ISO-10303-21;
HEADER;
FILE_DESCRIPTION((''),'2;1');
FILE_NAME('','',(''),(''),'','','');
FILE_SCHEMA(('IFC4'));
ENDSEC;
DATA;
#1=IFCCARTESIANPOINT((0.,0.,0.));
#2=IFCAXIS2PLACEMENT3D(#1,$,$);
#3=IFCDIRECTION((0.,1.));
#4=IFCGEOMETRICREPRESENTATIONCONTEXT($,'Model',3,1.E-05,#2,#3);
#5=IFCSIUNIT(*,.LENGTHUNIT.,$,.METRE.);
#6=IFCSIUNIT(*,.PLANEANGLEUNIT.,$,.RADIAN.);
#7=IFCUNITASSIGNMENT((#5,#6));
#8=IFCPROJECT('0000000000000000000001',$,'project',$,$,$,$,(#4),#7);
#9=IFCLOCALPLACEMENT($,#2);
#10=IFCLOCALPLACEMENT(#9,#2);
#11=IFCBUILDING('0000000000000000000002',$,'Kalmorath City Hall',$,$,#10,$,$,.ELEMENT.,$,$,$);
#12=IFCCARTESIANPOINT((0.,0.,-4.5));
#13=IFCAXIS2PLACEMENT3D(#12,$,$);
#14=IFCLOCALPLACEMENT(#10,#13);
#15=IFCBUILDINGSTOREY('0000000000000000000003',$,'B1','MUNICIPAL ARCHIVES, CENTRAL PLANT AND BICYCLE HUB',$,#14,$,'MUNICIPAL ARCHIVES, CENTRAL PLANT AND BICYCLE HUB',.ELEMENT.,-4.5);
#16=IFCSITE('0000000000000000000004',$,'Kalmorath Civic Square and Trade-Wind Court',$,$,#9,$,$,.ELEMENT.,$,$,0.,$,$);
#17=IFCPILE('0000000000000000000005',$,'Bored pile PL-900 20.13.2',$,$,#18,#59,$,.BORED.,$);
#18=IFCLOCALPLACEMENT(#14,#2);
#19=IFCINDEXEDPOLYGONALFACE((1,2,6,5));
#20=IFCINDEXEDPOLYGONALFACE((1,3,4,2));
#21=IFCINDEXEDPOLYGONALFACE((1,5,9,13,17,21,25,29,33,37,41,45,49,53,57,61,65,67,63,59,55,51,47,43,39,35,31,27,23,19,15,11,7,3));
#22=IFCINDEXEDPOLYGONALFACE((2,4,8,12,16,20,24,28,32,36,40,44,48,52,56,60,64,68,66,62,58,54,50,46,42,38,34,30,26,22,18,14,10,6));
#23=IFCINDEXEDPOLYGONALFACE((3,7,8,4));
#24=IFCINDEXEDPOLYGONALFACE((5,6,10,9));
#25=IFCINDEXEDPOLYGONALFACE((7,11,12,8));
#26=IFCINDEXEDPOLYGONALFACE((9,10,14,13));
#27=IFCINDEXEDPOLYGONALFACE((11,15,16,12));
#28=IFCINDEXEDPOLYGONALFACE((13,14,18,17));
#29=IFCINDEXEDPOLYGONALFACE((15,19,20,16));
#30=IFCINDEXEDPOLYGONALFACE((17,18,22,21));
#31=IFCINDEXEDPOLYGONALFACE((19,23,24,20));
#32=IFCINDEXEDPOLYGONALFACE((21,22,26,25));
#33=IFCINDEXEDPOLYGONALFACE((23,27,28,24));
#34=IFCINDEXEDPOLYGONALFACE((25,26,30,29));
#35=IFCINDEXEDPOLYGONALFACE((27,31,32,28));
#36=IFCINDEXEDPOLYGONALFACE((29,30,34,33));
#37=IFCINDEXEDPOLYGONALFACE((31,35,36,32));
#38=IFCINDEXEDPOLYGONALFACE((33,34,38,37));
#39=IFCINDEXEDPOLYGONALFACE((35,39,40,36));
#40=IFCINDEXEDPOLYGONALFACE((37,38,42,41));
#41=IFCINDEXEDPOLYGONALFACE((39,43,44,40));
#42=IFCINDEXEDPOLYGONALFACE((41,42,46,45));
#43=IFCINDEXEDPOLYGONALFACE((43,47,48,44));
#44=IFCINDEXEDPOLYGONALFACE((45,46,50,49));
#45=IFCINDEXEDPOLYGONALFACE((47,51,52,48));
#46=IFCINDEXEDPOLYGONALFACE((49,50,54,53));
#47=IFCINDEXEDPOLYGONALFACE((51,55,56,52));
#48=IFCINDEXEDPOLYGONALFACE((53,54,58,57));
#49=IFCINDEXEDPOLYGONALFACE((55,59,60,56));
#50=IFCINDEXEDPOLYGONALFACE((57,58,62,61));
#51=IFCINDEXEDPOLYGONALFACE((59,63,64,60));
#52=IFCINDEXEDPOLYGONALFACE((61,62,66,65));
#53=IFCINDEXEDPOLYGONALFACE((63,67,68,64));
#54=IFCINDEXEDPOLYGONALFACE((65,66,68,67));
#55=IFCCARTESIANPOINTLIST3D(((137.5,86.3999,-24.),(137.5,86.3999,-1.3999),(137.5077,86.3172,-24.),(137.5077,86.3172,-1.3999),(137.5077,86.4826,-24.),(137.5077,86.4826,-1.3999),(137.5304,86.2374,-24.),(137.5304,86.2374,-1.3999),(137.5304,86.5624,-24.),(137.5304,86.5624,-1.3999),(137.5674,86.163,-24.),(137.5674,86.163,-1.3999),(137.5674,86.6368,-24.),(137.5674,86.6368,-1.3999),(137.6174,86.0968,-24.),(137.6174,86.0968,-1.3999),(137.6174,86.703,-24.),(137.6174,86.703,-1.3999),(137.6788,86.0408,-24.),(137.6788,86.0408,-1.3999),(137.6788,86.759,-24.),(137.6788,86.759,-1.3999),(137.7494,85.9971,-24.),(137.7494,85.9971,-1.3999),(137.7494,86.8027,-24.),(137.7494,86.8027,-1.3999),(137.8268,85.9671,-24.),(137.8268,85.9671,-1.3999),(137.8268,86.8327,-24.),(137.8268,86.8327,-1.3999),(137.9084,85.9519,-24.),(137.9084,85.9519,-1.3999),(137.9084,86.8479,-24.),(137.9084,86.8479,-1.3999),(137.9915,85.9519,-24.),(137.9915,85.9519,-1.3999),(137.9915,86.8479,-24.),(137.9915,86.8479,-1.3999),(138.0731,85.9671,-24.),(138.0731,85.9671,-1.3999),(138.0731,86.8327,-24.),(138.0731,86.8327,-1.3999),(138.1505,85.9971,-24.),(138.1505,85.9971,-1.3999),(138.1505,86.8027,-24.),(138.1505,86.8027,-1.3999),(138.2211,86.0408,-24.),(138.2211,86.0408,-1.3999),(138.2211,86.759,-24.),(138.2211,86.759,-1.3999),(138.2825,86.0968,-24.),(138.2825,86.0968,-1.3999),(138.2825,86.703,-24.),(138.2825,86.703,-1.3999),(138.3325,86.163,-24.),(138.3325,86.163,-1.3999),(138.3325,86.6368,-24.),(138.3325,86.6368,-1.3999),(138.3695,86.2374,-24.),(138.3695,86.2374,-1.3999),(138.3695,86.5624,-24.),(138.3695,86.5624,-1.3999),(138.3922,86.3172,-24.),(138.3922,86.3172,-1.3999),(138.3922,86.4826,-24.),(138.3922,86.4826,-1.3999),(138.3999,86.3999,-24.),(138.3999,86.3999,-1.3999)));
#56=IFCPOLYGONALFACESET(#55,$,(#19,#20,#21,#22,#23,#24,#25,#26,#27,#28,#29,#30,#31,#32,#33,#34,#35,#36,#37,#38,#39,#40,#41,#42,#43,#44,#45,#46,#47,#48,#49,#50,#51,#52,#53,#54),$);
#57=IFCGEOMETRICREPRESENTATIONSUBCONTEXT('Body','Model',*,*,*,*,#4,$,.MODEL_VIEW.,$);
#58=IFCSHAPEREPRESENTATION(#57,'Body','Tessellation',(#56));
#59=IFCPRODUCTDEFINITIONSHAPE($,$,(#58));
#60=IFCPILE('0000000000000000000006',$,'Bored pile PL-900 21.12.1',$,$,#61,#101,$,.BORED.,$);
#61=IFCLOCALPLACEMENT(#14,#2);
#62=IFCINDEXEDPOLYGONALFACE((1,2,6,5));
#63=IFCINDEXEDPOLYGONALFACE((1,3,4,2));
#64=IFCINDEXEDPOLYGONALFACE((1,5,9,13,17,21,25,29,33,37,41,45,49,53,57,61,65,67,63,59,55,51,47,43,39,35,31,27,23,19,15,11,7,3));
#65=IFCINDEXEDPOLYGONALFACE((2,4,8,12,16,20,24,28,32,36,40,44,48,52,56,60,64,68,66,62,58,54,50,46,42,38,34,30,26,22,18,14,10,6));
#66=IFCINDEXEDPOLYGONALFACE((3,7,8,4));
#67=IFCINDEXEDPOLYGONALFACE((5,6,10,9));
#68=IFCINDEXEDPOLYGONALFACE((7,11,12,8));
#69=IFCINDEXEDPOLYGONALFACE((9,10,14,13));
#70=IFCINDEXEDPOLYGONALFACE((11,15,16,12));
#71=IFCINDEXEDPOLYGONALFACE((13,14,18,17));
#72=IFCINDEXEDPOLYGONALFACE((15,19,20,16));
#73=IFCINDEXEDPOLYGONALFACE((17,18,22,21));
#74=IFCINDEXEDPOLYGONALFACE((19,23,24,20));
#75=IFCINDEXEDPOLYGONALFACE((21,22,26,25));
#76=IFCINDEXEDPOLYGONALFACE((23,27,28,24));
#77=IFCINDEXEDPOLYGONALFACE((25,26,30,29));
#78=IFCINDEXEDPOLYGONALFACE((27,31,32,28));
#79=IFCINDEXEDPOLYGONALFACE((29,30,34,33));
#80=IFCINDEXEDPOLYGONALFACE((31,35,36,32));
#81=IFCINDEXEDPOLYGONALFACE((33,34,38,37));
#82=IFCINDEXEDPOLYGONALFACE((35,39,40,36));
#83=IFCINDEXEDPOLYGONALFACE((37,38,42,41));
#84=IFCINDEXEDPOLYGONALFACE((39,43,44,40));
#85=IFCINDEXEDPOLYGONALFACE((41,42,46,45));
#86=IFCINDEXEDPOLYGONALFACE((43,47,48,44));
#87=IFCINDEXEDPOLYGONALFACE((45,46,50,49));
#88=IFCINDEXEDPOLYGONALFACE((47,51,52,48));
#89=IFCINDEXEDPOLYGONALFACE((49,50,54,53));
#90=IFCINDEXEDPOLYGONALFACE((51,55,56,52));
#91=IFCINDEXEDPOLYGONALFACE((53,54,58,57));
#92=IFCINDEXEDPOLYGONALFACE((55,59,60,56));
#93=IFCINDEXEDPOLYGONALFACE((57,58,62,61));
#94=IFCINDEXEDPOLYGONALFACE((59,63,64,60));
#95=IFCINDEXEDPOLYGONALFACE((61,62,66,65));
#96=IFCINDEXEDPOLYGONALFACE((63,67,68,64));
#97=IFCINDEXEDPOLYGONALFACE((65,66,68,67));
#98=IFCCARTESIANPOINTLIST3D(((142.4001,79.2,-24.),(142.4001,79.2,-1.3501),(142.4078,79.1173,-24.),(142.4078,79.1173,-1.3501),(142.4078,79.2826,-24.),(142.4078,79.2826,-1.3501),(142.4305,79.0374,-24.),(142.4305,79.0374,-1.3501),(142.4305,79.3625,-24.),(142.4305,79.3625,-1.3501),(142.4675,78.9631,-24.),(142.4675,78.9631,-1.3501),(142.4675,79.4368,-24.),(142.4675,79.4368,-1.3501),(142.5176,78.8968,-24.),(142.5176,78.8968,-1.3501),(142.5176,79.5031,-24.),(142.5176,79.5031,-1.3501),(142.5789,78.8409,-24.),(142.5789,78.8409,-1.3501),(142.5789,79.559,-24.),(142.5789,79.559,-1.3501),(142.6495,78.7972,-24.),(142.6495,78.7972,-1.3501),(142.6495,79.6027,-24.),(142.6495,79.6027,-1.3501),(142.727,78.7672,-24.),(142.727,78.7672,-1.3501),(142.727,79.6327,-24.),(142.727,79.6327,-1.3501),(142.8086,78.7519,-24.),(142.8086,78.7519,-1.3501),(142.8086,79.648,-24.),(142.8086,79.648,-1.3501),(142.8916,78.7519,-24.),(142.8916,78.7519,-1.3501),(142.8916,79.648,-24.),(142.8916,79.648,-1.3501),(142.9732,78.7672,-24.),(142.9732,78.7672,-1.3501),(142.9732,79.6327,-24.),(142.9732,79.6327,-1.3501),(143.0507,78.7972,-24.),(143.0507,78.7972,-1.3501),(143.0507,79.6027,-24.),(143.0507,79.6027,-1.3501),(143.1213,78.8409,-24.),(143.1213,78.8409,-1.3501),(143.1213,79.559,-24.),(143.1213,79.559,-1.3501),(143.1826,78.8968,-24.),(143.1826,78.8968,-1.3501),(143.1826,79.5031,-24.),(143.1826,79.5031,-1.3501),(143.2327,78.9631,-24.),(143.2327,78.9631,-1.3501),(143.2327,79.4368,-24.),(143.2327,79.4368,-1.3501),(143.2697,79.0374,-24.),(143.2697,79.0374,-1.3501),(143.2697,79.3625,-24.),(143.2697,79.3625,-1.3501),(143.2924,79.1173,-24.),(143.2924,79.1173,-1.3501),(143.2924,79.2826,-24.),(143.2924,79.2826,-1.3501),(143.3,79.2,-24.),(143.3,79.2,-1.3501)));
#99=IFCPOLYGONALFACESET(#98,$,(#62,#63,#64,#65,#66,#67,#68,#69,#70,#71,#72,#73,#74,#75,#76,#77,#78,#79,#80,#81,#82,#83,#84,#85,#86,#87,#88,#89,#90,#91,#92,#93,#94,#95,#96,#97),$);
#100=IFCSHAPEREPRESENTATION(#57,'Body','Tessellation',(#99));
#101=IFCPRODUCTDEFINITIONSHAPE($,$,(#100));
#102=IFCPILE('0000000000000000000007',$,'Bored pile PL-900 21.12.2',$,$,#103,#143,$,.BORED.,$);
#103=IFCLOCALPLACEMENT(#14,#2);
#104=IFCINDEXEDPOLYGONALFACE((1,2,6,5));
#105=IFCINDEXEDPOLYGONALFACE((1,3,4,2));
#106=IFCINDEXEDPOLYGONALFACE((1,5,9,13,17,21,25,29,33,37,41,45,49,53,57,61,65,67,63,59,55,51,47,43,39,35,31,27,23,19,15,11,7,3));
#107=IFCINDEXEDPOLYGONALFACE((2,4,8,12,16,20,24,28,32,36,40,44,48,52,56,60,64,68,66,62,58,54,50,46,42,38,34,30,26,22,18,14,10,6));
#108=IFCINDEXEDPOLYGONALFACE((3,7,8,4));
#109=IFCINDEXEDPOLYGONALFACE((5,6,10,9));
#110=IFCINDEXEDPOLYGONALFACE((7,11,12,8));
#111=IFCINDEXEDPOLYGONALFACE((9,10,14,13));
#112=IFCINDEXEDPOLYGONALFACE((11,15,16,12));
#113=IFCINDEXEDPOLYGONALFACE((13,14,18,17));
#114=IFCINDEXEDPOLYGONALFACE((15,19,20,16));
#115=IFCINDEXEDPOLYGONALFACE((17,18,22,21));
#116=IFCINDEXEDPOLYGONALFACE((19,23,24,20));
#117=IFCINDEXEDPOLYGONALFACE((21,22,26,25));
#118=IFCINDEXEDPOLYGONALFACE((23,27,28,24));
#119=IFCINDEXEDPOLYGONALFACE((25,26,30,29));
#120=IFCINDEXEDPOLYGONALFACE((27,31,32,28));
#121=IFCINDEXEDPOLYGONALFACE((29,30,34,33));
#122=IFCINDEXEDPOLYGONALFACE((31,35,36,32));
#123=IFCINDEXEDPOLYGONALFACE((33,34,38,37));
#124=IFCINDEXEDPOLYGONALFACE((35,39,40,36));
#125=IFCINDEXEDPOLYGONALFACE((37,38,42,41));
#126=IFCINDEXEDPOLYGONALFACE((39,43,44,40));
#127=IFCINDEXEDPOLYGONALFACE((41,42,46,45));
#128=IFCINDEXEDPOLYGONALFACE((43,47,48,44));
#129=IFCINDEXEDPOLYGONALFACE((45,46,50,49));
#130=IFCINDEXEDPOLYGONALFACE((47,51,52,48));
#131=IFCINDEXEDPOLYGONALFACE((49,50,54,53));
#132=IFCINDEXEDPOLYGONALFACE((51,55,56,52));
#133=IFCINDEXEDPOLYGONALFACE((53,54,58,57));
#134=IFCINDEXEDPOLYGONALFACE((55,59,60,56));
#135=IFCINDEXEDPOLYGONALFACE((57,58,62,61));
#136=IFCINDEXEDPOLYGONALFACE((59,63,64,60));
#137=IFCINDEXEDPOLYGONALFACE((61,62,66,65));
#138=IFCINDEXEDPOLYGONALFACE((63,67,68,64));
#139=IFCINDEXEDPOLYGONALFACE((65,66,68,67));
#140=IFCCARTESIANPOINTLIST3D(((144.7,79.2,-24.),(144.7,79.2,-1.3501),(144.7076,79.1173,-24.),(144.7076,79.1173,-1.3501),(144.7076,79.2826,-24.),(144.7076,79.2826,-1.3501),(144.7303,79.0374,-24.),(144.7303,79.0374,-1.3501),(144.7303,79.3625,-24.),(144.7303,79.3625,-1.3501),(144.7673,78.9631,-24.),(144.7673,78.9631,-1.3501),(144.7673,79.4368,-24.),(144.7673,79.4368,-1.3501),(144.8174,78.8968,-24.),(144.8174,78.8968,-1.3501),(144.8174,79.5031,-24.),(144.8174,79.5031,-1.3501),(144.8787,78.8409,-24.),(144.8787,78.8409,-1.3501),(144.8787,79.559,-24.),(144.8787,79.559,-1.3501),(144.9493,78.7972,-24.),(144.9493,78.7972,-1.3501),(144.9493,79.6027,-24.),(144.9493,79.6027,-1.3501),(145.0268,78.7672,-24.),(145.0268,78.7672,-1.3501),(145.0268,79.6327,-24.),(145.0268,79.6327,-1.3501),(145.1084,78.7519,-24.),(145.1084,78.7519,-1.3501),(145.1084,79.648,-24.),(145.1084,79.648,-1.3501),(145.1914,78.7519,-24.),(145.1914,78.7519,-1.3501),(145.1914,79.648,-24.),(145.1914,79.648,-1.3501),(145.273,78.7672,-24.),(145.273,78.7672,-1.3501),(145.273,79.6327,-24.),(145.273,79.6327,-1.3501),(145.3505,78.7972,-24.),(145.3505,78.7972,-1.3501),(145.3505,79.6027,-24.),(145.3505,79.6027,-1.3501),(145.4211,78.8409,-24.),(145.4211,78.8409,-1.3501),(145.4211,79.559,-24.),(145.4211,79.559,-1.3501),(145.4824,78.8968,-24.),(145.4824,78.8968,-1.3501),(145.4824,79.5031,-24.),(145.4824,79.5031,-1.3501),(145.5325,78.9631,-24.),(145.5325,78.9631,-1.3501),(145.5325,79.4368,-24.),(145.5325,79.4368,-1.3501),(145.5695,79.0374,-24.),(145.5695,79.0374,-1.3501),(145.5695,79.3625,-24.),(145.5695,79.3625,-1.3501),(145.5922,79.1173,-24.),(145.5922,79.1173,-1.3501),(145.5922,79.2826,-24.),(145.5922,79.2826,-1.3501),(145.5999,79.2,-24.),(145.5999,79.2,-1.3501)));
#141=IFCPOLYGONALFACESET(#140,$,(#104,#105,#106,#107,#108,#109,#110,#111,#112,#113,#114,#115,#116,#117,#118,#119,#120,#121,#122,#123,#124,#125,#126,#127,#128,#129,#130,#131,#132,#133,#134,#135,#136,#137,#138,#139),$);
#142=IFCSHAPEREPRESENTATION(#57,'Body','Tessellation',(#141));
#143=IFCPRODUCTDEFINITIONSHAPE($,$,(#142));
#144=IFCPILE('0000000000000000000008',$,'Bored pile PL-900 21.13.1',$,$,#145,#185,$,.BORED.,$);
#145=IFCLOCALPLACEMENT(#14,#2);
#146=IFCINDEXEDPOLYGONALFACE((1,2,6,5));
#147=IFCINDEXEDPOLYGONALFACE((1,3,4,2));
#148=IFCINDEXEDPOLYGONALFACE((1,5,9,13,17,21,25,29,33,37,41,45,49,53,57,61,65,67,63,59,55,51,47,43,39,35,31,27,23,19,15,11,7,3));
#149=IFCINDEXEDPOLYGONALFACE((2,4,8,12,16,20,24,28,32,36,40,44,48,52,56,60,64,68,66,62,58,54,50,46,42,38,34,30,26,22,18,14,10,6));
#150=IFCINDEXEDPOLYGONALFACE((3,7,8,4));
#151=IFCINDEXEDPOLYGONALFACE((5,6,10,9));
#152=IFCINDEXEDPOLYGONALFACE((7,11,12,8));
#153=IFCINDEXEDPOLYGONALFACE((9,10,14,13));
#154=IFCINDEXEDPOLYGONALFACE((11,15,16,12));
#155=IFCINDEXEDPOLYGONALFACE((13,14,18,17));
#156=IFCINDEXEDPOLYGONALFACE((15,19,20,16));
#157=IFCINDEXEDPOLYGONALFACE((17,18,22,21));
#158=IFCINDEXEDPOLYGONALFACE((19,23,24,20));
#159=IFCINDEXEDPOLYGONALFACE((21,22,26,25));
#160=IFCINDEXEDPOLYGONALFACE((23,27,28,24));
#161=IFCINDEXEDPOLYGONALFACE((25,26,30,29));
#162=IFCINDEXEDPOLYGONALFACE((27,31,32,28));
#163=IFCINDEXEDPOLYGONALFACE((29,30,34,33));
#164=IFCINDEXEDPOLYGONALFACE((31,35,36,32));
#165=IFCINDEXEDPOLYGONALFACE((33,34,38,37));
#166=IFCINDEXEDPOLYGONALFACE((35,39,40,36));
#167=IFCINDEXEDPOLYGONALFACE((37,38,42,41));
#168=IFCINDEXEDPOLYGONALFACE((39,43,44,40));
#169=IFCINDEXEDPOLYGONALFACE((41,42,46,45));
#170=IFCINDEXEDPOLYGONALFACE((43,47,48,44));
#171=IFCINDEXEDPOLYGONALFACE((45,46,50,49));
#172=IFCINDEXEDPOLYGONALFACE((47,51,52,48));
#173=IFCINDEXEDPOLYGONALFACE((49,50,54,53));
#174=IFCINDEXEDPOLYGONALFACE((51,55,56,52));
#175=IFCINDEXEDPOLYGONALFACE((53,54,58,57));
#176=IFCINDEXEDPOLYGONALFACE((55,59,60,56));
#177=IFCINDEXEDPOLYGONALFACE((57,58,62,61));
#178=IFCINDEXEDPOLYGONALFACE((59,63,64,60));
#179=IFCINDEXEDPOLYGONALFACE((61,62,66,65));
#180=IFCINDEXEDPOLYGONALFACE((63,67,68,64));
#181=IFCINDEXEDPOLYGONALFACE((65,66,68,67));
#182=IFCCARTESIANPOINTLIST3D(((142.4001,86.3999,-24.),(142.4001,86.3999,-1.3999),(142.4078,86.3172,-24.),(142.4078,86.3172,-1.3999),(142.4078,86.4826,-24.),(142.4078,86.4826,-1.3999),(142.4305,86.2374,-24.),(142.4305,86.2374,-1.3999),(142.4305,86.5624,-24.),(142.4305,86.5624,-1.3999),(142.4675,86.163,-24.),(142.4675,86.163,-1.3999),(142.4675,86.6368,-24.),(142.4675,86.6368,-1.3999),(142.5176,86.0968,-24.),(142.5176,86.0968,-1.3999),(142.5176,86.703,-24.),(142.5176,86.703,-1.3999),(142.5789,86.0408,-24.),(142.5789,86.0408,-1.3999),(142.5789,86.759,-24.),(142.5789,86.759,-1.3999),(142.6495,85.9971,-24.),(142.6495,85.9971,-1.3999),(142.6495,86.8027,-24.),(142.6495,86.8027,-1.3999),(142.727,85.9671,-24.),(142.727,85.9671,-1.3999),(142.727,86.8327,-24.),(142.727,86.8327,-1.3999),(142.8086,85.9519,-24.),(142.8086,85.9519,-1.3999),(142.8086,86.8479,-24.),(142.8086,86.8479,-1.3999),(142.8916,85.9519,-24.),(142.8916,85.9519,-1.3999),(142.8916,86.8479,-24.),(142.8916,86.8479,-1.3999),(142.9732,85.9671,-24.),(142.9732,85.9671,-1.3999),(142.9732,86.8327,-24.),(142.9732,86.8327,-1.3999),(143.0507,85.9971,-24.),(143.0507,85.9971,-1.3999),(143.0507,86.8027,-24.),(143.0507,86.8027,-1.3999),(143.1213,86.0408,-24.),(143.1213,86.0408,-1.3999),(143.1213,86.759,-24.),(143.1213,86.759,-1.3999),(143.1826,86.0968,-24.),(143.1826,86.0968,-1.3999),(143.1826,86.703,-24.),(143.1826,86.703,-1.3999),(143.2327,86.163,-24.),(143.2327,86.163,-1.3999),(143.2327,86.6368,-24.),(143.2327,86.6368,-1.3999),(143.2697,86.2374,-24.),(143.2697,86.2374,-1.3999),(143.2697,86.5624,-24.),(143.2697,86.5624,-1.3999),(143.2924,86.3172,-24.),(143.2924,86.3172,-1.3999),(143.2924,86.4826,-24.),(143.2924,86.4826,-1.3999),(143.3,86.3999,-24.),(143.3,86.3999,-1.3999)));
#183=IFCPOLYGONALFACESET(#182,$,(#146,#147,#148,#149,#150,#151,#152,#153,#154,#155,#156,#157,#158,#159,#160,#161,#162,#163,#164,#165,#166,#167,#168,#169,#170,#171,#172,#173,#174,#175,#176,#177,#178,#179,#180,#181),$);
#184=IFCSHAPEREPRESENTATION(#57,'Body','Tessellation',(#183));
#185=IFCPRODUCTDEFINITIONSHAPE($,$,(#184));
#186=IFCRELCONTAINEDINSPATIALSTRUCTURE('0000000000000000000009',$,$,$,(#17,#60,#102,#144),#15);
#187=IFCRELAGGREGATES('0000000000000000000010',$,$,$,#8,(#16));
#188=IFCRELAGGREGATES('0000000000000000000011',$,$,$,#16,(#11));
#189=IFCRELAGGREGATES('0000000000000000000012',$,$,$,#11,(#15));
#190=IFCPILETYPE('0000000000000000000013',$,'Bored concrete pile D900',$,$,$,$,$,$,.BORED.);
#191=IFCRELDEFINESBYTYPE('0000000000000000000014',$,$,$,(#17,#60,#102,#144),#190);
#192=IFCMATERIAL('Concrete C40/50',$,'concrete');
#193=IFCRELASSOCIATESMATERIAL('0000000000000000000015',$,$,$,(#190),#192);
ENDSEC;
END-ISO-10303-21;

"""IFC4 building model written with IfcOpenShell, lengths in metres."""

from ifc_helpers import new_model, si_unit, direction, frame, origin, origin_2d, place, context, subcontext, project, spatial, circle, extrude, material, material_profile, profile_set, type_object, element, save


model = new_model("IFC4")

# Units and contexts
model_context = context("Model", 3, precision=1e-05, world=origin(), true_north=direction((0.0, 1.0)))
body_context = subcontext(model_context, "Body", "Model", "MODEL_VIEW")
ifc_project = project(units=[si_unit("LENGTHUNIT", "METRE"), si_unit("PLANEANGLEUNIT", "RADIAN")], contexts=[model_context])

# Site, building, storey
site_placement = place(None, origin())
site = spatial("IfcSite", under=ifc_project, at=site_placement, Name="Kalmorath Civic Square and Trade-Wind Court", CompositionType="ELEMENT", RefElevation=0.0)
building_placement = place(site_placement, origin())
building = spatial("IfcBuilding", under=site, at=building_placement, Name="Kalmorath City Hall", CompositionType="ELEMENT")
storey_placement = place(building_placement, frame((0.0, 0.0, -4.5)))
storey = spatial("IfcBuildingStorey", under=building, at=storey_placement, Name="B1", Description="MUNICIPAL ARCHIVES, CENTRAL PLANT AND BICYCLE HUB", LongName="MUNICIPAL ARCHIVES, CENTRAL PLANT AND BICYCLE HUB", CompositionType="ELEMENT", Elevation=-4.5)

# Piles
ifc_material_1 = material(Name="Concrete C40/50", Category="concrete")
ifc_material_profile_1 = material_profile(ifc_material_1, circle(Radius=0.45, at=origin_2d()), Name="PILE-D900")
ifc_profile_set_1 = profile_set([ifc_material_profile_1], Name="Concrete C40/50")
pile_type_1 = type_object("IfcPileType", Name="Bored concrete pile D900", PredefinedType="BORED", material=ifc_profile_set_1)
for number, where, z_axis, x_axis, name in (
    (1, (137.95, 86.3999, -1.3999), (0.0, 0.0, -1.0), (1.0, 0.0, 0.0), "Bored pile PL-900 20.13.2"),
):
    element("IfcPile", number, at=place(storey_placement, frame(where, z_axis=z_axis, x_axis=x_axis)), inside=storey, type_object=pile_type_1, Name=name, PredefinedType="BORED", context=body_context, shape_type="SweptSolid", body=[
        extrude(circle(Radius=0.45, at=origin_2d()), origin(), (0.0, 0.0, 1.0), 22.6001),
    ])
for number, where, z_axis, x_axis, name in (
    (2, (142.8501, 79.2, -1.3501), (0.0, 0.0, -1.0), (1.0, 0.0, 0.0), "Bored pile PL-900 21.12.1"),
    (3, (145.1499, 79.2, -1.3501), (0.0, 0.0, -1.0), (1.0, 0.0, 0.0), "Bored pile PL-900 21.12.2"),
):
    element("IfcPile", number, at=place(storey_placement, frame(where, z_axis=z_axis, x_axis=x_axis)), inside=storey, type_object=pile_type_1, Name=name, PredefinedType="BORED", context=body_context, shape_type="SweptSolid", body=[
        extrude(circle(Radius=0.45, at=origin_2d()), origin(), (0.0, 0.0, 1.0), 22.6499),
    ])
for number, where, z_axis, x_axis, name in (
    (4, (142.8501, 86.3999, -1.3999), (0.0, 0.0, -1.0), (1.0, 0.0, 0.0), "Bored pile PL-900 21.13.1"),
):
    element("IfcPile", number, at=place(storey_placement, frame(where, z_axis=z_axis, x_axis=x_axis)), inside=storey, type_object=pile_type_1, Name=name, PredefinedType="BORED", context=body_context, shape_type="SweptSolid", body=[
        extrude(circle(Radius=0.45, at=origin_2d()), origin(), (0.0, 0.0, 1.0), 22.6001),
    ])

save(model, "model.ifc")
